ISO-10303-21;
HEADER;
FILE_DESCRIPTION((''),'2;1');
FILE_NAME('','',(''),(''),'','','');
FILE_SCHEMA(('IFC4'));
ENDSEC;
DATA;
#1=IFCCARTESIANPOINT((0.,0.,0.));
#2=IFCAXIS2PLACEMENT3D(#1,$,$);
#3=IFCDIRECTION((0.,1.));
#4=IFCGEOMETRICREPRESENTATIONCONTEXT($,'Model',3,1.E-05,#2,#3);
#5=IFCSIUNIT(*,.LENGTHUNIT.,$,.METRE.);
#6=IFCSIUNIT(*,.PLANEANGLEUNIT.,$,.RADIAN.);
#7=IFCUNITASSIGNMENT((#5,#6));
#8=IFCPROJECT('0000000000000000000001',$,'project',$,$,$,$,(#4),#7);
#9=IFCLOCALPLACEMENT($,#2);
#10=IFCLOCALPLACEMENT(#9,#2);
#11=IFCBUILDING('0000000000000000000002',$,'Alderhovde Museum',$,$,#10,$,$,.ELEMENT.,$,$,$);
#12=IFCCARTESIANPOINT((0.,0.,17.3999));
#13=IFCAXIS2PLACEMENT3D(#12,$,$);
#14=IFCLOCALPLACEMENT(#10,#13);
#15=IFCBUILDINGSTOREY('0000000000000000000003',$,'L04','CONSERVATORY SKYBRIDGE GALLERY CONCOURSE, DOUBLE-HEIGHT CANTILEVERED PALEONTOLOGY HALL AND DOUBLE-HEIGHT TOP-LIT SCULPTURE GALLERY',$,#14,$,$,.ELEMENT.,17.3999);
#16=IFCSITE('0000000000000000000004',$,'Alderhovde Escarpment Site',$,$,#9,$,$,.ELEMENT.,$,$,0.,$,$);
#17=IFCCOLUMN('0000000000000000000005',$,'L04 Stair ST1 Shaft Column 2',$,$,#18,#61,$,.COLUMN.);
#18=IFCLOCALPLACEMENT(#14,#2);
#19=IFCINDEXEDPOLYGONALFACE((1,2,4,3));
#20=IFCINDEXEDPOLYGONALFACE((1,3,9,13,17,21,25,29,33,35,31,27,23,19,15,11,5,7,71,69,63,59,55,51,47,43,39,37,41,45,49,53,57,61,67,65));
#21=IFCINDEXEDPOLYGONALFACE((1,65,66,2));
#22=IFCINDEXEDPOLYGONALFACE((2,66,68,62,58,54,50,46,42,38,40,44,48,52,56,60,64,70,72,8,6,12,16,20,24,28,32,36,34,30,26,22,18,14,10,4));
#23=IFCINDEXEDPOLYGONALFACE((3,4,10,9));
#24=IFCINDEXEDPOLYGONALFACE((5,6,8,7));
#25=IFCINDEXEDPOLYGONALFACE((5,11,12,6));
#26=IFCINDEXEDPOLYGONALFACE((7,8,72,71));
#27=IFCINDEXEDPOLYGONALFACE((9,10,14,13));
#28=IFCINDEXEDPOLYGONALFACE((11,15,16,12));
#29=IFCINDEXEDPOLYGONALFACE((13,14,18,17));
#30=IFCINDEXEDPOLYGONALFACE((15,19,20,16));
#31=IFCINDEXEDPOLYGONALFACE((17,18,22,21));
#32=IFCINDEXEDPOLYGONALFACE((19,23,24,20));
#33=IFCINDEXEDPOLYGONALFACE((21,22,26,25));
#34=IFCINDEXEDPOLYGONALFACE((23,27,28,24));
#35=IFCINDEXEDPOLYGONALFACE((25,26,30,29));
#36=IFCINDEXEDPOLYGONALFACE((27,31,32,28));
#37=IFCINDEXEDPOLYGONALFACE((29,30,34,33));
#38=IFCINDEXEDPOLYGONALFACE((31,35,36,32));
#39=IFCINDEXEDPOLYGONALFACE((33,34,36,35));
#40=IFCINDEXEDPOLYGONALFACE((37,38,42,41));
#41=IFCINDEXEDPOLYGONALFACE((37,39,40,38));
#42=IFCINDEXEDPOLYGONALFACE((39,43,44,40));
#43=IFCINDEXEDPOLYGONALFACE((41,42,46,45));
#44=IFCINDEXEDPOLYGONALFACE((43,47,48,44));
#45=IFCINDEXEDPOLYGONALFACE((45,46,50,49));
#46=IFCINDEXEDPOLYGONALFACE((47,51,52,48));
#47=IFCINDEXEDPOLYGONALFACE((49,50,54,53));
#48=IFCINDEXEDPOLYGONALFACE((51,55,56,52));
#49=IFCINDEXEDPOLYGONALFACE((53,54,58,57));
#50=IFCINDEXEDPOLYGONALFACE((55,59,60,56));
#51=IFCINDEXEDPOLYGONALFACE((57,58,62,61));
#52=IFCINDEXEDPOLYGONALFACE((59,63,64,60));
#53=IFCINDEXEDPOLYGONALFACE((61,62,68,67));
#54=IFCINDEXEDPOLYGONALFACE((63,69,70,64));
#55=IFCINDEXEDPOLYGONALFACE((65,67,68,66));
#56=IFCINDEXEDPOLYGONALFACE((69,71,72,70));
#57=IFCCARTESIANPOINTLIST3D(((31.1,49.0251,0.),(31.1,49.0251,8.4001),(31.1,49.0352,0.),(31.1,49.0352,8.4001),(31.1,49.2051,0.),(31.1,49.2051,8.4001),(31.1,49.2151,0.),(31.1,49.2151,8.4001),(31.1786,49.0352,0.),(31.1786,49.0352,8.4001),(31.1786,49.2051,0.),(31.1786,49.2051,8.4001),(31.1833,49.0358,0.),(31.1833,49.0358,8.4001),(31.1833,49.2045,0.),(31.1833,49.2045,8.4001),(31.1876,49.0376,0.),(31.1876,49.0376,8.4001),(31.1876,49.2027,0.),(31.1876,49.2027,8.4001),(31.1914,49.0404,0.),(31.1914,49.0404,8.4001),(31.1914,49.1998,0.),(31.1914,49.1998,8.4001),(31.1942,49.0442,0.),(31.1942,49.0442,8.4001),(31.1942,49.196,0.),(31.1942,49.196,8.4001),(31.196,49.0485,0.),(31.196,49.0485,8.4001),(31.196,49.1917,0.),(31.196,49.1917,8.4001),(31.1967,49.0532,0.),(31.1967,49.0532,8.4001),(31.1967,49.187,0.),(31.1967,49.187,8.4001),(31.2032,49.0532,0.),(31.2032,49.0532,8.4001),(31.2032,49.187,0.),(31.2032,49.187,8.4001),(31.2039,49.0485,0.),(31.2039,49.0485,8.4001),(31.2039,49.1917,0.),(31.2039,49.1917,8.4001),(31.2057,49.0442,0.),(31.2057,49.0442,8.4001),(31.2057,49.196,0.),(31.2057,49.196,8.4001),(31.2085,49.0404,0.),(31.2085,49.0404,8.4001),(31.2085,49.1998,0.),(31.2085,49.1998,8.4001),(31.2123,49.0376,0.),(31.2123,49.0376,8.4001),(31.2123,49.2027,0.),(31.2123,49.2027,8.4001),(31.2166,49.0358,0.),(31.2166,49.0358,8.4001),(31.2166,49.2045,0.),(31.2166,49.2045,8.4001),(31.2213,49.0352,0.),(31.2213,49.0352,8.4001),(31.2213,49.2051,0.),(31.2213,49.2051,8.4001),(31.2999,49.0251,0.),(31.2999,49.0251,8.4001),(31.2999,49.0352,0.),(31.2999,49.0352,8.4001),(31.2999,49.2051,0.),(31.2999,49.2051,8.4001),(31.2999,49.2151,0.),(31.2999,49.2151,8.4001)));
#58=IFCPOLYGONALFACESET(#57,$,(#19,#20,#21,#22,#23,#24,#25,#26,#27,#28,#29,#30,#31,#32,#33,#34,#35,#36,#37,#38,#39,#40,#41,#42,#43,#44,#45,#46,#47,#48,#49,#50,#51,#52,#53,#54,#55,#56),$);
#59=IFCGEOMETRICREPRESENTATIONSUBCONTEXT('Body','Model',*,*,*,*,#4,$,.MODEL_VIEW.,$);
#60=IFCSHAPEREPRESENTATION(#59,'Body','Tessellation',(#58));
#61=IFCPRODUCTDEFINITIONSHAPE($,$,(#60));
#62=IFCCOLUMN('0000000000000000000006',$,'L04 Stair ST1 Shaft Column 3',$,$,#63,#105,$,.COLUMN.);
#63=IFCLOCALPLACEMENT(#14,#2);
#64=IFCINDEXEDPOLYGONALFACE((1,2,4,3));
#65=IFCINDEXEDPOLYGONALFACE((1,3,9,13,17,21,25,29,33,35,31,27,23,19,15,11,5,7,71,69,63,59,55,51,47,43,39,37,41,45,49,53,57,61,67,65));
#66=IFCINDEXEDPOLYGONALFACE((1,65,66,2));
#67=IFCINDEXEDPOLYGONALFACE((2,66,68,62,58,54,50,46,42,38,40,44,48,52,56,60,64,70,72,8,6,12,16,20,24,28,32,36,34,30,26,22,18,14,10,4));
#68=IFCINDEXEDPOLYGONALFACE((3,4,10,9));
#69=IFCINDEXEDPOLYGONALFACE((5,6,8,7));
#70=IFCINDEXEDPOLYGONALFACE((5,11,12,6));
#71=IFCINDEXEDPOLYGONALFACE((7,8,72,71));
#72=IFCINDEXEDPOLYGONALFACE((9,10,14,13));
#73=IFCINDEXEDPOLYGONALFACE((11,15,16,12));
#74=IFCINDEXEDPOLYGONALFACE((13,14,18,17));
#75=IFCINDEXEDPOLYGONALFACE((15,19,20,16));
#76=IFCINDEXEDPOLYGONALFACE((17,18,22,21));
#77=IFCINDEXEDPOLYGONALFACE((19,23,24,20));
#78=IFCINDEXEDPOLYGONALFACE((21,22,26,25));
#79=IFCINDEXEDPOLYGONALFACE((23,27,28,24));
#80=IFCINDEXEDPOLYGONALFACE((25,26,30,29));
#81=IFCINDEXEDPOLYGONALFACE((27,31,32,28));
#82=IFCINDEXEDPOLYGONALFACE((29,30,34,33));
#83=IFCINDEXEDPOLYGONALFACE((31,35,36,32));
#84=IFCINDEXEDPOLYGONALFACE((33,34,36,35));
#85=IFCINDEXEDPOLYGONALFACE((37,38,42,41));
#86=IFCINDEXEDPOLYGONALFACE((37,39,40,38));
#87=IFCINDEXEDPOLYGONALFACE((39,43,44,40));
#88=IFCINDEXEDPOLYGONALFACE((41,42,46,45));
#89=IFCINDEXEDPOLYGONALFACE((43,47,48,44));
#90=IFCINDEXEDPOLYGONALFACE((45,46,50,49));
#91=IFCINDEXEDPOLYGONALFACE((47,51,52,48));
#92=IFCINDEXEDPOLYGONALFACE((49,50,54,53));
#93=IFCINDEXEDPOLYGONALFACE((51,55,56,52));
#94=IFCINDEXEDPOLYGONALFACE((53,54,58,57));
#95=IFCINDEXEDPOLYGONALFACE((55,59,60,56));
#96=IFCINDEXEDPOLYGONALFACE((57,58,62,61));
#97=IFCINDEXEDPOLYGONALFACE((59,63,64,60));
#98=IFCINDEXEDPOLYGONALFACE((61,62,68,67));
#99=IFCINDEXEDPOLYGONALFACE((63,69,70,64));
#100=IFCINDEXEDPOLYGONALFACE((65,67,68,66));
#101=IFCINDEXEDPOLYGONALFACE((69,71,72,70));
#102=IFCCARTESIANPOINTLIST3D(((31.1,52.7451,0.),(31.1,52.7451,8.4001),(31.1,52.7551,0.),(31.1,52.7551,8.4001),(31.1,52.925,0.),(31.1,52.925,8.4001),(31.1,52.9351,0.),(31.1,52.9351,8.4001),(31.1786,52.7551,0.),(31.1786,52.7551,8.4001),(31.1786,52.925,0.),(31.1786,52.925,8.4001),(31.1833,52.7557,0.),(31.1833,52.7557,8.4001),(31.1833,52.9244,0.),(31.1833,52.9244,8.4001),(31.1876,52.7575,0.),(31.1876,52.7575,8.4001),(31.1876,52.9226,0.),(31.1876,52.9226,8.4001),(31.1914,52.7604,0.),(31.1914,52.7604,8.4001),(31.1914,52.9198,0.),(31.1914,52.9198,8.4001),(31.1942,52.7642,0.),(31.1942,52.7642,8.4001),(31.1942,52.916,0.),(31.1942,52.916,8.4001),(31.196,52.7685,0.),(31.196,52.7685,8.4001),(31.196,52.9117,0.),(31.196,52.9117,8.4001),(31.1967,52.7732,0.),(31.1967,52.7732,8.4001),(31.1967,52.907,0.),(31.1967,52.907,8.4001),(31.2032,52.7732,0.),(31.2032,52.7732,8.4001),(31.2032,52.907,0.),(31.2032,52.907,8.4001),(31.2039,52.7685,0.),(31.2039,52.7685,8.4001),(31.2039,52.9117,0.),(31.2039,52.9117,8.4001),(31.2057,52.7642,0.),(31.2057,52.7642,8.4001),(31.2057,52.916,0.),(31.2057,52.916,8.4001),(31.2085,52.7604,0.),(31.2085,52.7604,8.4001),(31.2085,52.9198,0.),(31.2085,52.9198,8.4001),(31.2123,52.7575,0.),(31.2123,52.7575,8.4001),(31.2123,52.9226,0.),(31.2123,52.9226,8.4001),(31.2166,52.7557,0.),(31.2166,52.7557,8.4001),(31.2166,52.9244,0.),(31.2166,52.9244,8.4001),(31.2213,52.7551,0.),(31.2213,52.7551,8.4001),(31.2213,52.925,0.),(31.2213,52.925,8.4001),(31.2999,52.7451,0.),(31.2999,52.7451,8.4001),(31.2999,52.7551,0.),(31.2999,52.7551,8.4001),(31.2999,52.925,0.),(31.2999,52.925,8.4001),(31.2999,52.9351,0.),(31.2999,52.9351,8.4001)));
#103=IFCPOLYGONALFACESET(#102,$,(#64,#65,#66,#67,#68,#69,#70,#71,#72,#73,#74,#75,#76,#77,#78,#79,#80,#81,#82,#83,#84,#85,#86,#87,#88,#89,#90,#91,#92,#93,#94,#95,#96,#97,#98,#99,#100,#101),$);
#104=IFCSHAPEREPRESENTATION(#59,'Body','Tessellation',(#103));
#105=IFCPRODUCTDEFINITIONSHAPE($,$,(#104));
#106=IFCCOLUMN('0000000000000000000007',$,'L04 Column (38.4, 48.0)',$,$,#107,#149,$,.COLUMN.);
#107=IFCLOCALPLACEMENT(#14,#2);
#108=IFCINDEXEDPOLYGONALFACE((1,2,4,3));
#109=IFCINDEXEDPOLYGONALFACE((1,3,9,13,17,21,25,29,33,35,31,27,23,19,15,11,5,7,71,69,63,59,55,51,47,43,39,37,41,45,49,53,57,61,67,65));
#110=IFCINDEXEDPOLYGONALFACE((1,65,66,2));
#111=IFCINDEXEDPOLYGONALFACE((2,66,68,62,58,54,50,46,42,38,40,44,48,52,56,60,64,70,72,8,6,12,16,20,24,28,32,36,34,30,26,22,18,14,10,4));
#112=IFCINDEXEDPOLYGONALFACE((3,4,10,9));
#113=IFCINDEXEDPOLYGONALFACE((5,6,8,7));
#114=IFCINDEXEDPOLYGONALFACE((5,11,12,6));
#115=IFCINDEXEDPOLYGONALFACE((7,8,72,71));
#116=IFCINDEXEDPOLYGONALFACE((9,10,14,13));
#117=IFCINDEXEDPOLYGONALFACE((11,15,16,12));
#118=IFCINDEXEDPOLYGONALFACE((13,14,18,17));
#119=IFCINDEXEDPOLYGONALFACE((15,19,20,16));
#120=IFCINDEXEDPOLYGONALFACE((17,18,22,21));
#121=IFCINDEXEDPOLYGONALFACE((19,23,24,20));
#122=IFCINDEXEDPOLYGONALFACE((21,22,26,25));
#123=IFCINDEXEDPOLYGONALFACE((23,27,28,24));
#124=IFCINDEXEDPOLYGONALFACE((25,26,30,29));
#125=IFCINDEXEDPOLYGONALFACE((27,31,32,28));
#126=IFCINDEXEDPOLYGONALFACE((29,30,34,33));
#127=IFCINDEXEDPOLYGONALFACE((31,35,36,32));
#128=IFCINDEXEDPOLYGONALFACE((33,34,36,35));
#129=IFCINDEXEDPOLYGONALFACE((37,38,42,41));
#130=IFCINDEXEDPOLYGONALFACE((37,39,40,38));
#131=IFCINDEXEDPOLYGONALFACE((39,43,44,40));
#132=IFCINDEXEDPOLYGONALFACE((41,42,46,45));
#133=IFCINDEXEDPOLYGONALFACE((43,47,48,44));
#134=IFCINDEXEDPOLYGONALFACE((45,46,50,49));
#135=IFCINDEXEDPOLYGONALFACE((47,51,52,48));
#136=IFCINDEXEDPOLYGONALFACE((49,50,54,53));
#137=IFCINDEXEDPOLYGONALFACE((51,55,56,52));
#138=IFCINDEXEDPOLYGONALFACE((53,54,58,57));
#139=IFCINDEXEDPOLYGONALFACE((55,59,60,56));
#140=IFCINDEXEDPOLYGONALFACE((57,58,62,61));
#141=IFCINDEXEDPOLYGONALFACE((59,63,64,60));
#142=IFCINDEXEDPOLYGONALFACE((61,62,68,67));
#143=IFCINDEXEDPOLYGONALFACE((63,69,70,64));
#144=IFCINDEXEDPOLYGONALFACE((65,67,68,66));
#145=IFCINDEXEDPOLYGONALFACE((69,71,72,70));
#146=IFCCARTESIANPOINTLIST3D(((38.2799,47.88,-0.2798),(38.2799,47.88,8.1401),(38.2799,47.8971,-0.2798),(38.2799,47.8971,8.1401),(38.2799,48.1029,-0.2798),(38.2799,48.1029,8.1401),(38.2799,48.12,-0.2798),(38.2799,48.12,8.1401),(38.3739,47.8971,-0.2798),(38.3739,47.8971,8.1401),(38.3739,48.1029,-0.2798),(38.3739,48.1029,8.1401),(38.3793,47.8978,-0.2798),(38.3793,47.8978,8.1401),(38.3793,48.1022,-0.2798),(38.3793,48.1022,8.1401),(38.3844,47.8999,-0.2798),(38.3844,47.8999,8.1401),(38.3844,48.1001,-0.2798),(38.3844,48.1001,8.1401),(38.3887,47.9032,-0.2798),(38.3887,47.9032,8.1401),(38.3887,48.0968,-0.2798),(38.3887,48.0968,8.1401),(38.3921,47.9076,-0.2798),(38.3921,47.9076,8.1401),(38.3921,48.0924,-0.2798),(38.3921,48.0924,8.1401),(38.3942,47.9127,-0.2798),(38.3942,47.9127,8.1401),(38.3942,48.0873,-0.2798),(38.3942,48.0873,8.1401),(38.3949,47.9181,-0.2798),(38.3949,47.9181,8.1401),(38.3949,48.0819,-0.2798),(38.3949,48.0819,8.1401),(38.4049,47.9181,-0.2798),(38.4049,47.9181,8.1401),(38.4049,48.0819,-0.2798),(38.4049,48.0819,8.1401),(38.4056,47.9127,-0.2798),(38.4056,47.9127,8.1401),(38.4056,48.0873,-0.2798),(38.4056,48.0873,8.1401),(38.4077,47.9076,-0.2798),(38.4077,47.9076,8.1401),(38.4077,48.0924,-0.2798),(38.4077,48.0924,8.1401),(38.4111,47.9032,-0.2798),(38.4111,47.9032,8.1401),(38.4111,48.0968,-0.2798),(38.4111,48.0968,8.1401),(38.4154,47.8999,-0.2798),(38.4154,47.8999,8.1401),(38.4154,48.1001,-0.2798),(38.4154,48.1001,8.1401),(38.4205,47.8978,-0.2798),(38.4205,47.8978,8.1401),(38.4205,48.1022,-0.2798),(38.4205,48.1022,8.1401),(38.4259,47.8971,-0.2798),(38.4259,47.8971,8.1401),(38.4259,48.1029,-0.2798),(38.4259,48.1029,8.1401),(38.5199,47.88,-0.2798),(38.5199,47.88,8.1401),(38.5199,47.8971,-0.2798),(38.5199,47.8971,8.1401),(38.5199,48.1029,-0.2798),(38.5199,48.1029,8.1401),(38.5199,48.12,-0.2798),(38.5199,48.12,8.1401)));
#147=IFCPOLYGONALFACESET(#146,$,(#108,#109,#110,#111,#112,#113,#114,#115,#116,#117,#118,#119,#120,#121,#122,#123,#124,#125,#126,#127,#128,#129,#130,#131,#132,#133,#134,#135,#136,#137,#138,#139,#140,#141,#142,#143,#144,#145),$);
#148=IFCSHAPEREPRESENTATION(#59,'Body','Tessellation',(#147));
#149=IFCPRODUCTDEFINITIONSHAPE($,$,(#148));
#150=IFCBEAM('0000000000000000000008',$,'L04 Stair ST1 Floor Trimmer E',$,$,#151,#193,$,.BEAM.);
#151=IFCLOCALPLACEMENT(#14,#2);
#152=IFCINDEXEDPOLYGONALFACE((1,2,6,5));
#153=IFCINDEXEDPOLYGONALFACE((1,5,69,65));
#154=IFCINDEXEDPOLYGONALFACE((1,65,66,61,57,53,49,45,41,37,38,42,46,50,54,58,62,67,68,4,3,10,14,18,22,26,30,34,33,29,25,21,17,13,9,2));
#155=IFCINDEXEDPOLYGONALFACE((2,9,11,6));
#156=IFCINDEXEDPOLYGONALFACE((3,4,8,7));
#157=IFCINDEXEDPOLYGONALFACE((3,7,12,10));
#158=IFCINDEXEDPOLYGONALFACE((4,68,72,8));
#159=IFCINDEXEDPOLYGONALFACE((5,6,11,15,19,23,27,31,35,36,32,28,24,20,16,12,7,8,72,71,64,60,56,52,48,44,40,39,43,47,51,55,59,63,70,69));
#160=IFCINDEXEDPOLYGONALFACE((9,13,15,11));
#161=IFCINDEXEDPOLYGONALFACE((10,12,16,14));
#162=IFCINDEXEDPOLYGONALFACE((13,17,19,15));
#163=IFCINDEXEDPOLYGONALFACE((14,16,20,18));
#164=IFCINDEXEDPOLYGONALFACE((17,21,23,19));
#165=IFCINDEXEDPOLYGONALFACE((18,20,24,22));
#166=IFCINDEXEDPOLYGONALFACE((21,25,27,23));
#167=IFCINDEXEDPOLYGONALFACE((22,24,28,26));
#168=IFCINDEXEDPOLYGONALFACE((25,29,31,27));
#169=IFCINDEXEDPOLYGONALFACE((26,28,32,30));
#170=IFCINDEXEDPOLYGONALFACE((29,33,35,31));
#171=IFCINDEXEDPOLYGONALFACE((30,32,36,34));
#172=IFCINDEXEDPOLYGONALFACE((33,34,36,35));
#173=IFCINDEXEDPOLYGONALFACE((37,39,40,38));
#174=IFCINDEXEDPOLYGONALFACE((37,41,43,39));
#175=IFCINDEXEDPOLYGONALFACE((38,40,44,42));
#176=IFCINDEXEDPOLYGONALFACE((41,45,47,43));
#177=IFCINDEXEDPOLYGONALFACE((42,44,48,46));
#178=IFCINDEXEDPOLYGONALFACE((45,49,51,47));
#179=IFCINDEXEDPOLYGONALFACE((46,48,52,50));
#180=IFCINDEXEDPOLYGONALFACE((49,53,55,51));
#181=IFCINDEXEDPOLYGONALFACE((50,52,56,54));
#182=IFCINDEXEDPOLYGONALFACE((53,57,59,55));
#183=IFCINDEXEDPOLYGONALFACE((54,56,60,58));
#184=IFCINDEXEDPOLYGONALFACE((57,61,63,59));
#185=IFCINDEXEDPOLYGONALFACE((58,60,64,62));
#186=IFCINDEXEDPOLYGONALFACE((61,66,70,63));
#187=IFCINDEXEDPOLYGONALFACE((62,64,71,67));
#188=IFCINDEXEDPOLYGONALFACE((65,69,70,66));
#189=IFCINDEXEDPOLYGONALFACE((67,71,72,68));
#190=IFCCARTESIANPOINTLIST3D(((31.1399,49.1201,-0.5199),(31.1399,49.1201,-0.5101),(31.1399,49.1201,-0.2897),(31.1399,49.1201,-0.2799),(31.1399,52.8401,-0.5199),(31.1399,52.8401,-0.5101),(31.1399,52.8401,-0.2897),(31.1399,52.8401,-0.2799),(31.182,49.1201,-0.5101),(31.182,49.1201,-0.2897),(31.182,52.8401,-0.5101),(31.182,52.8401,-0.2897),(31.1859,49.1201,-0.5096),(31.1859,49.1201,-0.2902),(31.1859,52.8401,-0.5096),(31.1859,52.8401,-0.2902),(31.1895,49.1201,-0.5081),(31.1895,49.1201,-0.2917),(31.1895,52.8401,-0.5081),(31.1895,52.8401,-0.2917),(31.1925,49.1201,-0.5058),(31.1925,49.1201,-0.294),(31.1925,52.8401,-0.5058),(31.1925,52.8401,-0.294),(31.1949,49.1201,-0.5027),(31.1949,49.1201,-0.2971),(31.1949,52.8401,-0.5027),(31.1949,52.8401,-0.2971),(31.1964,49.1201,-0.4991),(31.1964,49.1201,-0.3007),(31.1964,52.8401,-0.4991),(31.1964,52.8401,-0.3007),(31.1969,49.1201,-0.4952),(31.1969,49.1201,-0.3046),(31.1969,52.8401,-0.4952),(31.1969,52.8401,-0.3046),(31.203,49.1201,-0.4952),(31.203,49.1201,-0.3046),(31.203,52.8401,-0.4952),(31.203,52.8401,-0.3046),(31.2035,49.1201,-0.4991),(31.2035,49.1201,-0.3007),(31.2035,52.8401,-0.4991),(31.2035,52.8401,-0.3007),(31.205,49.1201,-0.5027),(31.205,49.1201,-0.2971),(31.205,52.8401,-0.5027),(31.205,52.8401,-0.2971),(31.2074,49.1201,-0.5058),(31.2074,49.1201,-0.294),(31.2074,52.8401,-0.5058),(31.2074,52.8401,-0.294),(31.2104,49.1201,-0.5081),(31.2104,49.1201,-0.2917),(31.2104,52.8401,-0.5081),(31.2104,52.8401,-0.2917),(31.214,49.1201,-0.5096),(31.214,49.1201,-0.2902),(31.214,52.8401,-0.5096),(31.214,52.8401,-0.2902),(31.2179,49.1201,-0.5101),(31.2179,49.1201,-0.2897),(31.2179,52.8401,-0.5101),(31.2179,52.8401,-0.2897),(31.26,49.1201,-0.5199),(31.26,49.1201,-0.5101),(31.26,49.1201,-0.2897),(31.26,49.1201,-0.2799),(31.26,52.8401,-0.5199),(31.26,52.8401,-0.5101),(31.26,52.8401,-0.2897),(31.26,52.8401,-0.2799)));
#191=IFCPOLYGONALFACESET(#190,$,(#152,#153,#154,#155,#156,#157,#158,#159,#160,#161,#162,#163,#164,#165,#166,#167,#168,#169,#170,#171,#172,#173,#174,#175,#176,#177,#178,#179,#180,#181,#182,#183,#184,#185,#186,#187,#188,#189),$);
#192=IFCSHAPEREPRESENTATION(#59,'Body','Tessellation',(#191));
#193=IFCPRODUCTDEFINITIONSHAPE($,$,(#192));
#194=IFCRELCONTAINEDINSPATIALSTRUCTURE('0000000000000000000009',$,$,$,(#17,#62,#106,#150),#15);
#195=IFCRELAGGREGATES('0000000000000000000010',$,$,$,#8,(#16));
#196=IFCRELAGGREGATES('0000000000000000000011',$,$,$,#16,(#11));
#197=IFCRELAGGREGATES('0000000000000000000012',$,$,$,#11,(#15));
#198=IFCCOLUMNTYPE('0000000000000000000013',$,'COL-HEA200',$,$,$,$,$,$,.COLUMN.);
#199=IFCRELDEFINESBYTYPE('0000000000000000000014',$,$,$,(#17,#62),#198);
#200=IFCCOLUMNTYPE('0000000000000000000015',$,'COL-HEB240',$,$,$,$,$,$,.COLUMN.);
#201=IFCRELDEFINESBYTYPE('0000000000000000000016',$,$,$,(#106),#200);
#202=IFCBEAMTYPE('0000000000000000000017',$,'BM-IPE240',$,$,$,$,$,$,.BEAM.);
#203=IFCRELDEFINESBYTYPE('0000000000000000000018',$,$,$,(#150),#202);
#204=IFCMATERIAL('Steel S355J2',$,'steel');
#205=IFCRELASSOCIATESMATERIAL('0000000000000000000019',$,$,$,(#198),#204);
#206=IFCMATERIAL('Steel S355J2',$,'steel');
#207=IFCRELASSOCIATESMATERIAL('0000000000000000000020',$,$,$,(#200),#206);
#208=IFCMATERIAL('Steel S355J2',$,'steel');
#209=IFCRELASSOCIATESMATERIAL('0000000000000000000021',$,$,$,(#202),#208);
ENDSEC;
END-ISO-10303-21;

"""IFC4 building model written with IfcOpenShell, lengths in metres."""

from ifc_helpers import new_model, si_unit, direction, frame, origin, origin_2d, place, context, subcontext, project, spatial, i_section, extrude, material, material_profile, profile_set, type_object, element, save


model = new_model("IFC4")

# Units and contexts
model_context = context("Model", 3, precision=1e-05, world=origin(), true_north=direction((0.0, 1.0)))
body_context = subcontext(model_context, "Body", "Model", "MODEL_VIEW")
ifc_project = project(units=[si_unit("LENGTHUNIT", "METRE"), si_unit("PLANEANGLEUNIT", "RADIAN")], contexts=[model_context])

# Site, building, storey
site_placement = place(None, origin())
site = spatial("IfcSite", under=ifc_project, at=site_placement, Name="Alderhovde Escarpment Site", CompositionType="ELEMENT", RefElevation=0.0)
building_placement = place(site_placement, origin())
building = spatial("IfcBuilding", under=site, at=building_placement, Name="Alderhovde Museum", CompositionType="ELEMENT")
storey_placement = place(building_placement, frame((0.0, 0.0, 17.3999)))
storey = spatial("IfcBuildingStorey", under=building, at=storey_placement, Name="L04", Description="CONSERVATORY SKYBRIDGE GALLERY CONCOURSE, DOUBLE-HEIGHT CANTILEVERED PALEONTOLOGY HALL AND DOUBLE-HEIGHT TOP-LIT SCULPTURE GALLERY", CompositionType="ELEMENT", Elevation=17.3999)

# Columns
ifc_material_1 = material(Name="Steel S355J2", Category="steel")
ifc_material_profile_1 = material_profile(ifc_material_1, i_section(OverallWidth=0.2, OverallDepth=0.1899, WebThickness=0.0066, FlangeThickness=0.01, FilletRadius=0.0181, at=origin_2d()), Name="HEA 200")
ifc_profile_set_1 = profile_set([ifc_material_profile_1], Name="Steel S355J2")
column_type_1 = type_object("IfcColumnType", Name="COL-HEA200", PredefinedType="COLUMN", material=ifc_profile_set_1)
for number, where, z_axis, x_axis, name in (
    (1, (31.2, 49.1201, 0.0), (0.0, 0.0, 1.0), (1.0, 0.0, 0.0), "L04 Stair ST1 Shaft Column 2"),
    (2, (31.2, 52.8401, 0.0), (0.0, 0.0, 1.0), (1.0, 0.0, 0.0), "L04 Stair ST1 Shaft Column 3"),
):
    element("IfcColumn", number, at=place(storey_placement, frame(where, z_axis=z_axis, x_axis=x_axis)), inside=storey, type_object=column_type_1, Name=name, PredefinedType="COLUMN", context=body_context, shape_type="SweptSolid", body=[
        extrude(i_section(OverallWidth=0.2, OverallDepth=0.1899, WebThickness=0.0066, FlangeThickness=0.01, FilletRadius=0.0181, at=origin_2d()), origin(), (0.0, 0.0, 1.0), 8.4001),
    ])
ifc_material_2 = material(Name="Steel S355J2", Category="steel")
ifc_material_profile_2 = material_profile(ifc_material_2, i_section(OverallWidth=0.24, OverallDepth=0.24, WebThickness=0.01, FlangeThickness=0.0171, FilletRadius=0.021, at=origin_2d()), Name="HEB 240")
ifc_profile_set_2 = profile_set([ifc_material_profile_2], Name="Steel S355J2")
column_type_2 = type_object("IfcColumnType", Name="COL-HEB240", PredefinedType="COLUMN", material=ifc_profile_set_2)
column_placement = place(storey_placement, frame((38.3999, 48.0, -0.2798), z_axis=(0.0, 0.0, 1.0), x_axis=(1.0, 0.0, 0.0)))
element("IfcColumn", 3, at=column_placement, inside=storey, type_object=column_type_2, Name="L04 Column (38.4, 48.0)", PredefinedType="COLUMN", context=body_context, shape_type="SweptSolid", body=[
    extrude(i_section(OverallWidth=0.24, OverallDepth=0.24, WebThickness=0.01, FlangeThickness=0.0171, FilletRadius=0.021, at=origin_2d()), origin(), (0.0, 0.0, 1.0), 8.4199),
])

# Beam
ifc_material_3 = material(Name="Steel S355J2", Category="steel")
ifc_material_profile_3 = material_profile(ifc_material_3, i_section(OverallWidth=0.1201, OverallDepth=0.24, WebThickness=0.0061, FlangeThickness=0.0098, FilletRadius=0.0149, at=origin_2d()), Name="IPE 240")
ifc_profile_set_3 = profile_set([ifc_material_profile_3], Name="Steel S355J2")
beam_type_1 = type_object("IfcBeamType", Name="BM-IPE240", PredefinedType="BEAM", material=ifc_profile_set_3)
for number, where, z_axis, x_axis, name in (
    (4, (31.2, 49.1201, -0.3999), (0.0, 1.0, 0.0), (-1.0, 0.0, 0.0), "L04 Stair ST1 Floor Trimmer E"),
):
    element("IfcBeam", number, at=place(storey_placement, frame(where, z_axis=z_axis, x_axis=x_axis)), inside=storey, type_object=beam_type_1, Name=name, PredefinedType="BEAM", context=body_context, shape_type="SweptSolid", body=[
        extrude(i_section(OverallWidth=0.1201, OverallDepth=0.24, WebThickness=0.0061, FlangeThickness=0.0098, FilletRadius=0.0149, at=origin_2d()), origin(), (0.0, 0.0, 1.0), 3.72),
    ])

save(model, "model.ifc")
